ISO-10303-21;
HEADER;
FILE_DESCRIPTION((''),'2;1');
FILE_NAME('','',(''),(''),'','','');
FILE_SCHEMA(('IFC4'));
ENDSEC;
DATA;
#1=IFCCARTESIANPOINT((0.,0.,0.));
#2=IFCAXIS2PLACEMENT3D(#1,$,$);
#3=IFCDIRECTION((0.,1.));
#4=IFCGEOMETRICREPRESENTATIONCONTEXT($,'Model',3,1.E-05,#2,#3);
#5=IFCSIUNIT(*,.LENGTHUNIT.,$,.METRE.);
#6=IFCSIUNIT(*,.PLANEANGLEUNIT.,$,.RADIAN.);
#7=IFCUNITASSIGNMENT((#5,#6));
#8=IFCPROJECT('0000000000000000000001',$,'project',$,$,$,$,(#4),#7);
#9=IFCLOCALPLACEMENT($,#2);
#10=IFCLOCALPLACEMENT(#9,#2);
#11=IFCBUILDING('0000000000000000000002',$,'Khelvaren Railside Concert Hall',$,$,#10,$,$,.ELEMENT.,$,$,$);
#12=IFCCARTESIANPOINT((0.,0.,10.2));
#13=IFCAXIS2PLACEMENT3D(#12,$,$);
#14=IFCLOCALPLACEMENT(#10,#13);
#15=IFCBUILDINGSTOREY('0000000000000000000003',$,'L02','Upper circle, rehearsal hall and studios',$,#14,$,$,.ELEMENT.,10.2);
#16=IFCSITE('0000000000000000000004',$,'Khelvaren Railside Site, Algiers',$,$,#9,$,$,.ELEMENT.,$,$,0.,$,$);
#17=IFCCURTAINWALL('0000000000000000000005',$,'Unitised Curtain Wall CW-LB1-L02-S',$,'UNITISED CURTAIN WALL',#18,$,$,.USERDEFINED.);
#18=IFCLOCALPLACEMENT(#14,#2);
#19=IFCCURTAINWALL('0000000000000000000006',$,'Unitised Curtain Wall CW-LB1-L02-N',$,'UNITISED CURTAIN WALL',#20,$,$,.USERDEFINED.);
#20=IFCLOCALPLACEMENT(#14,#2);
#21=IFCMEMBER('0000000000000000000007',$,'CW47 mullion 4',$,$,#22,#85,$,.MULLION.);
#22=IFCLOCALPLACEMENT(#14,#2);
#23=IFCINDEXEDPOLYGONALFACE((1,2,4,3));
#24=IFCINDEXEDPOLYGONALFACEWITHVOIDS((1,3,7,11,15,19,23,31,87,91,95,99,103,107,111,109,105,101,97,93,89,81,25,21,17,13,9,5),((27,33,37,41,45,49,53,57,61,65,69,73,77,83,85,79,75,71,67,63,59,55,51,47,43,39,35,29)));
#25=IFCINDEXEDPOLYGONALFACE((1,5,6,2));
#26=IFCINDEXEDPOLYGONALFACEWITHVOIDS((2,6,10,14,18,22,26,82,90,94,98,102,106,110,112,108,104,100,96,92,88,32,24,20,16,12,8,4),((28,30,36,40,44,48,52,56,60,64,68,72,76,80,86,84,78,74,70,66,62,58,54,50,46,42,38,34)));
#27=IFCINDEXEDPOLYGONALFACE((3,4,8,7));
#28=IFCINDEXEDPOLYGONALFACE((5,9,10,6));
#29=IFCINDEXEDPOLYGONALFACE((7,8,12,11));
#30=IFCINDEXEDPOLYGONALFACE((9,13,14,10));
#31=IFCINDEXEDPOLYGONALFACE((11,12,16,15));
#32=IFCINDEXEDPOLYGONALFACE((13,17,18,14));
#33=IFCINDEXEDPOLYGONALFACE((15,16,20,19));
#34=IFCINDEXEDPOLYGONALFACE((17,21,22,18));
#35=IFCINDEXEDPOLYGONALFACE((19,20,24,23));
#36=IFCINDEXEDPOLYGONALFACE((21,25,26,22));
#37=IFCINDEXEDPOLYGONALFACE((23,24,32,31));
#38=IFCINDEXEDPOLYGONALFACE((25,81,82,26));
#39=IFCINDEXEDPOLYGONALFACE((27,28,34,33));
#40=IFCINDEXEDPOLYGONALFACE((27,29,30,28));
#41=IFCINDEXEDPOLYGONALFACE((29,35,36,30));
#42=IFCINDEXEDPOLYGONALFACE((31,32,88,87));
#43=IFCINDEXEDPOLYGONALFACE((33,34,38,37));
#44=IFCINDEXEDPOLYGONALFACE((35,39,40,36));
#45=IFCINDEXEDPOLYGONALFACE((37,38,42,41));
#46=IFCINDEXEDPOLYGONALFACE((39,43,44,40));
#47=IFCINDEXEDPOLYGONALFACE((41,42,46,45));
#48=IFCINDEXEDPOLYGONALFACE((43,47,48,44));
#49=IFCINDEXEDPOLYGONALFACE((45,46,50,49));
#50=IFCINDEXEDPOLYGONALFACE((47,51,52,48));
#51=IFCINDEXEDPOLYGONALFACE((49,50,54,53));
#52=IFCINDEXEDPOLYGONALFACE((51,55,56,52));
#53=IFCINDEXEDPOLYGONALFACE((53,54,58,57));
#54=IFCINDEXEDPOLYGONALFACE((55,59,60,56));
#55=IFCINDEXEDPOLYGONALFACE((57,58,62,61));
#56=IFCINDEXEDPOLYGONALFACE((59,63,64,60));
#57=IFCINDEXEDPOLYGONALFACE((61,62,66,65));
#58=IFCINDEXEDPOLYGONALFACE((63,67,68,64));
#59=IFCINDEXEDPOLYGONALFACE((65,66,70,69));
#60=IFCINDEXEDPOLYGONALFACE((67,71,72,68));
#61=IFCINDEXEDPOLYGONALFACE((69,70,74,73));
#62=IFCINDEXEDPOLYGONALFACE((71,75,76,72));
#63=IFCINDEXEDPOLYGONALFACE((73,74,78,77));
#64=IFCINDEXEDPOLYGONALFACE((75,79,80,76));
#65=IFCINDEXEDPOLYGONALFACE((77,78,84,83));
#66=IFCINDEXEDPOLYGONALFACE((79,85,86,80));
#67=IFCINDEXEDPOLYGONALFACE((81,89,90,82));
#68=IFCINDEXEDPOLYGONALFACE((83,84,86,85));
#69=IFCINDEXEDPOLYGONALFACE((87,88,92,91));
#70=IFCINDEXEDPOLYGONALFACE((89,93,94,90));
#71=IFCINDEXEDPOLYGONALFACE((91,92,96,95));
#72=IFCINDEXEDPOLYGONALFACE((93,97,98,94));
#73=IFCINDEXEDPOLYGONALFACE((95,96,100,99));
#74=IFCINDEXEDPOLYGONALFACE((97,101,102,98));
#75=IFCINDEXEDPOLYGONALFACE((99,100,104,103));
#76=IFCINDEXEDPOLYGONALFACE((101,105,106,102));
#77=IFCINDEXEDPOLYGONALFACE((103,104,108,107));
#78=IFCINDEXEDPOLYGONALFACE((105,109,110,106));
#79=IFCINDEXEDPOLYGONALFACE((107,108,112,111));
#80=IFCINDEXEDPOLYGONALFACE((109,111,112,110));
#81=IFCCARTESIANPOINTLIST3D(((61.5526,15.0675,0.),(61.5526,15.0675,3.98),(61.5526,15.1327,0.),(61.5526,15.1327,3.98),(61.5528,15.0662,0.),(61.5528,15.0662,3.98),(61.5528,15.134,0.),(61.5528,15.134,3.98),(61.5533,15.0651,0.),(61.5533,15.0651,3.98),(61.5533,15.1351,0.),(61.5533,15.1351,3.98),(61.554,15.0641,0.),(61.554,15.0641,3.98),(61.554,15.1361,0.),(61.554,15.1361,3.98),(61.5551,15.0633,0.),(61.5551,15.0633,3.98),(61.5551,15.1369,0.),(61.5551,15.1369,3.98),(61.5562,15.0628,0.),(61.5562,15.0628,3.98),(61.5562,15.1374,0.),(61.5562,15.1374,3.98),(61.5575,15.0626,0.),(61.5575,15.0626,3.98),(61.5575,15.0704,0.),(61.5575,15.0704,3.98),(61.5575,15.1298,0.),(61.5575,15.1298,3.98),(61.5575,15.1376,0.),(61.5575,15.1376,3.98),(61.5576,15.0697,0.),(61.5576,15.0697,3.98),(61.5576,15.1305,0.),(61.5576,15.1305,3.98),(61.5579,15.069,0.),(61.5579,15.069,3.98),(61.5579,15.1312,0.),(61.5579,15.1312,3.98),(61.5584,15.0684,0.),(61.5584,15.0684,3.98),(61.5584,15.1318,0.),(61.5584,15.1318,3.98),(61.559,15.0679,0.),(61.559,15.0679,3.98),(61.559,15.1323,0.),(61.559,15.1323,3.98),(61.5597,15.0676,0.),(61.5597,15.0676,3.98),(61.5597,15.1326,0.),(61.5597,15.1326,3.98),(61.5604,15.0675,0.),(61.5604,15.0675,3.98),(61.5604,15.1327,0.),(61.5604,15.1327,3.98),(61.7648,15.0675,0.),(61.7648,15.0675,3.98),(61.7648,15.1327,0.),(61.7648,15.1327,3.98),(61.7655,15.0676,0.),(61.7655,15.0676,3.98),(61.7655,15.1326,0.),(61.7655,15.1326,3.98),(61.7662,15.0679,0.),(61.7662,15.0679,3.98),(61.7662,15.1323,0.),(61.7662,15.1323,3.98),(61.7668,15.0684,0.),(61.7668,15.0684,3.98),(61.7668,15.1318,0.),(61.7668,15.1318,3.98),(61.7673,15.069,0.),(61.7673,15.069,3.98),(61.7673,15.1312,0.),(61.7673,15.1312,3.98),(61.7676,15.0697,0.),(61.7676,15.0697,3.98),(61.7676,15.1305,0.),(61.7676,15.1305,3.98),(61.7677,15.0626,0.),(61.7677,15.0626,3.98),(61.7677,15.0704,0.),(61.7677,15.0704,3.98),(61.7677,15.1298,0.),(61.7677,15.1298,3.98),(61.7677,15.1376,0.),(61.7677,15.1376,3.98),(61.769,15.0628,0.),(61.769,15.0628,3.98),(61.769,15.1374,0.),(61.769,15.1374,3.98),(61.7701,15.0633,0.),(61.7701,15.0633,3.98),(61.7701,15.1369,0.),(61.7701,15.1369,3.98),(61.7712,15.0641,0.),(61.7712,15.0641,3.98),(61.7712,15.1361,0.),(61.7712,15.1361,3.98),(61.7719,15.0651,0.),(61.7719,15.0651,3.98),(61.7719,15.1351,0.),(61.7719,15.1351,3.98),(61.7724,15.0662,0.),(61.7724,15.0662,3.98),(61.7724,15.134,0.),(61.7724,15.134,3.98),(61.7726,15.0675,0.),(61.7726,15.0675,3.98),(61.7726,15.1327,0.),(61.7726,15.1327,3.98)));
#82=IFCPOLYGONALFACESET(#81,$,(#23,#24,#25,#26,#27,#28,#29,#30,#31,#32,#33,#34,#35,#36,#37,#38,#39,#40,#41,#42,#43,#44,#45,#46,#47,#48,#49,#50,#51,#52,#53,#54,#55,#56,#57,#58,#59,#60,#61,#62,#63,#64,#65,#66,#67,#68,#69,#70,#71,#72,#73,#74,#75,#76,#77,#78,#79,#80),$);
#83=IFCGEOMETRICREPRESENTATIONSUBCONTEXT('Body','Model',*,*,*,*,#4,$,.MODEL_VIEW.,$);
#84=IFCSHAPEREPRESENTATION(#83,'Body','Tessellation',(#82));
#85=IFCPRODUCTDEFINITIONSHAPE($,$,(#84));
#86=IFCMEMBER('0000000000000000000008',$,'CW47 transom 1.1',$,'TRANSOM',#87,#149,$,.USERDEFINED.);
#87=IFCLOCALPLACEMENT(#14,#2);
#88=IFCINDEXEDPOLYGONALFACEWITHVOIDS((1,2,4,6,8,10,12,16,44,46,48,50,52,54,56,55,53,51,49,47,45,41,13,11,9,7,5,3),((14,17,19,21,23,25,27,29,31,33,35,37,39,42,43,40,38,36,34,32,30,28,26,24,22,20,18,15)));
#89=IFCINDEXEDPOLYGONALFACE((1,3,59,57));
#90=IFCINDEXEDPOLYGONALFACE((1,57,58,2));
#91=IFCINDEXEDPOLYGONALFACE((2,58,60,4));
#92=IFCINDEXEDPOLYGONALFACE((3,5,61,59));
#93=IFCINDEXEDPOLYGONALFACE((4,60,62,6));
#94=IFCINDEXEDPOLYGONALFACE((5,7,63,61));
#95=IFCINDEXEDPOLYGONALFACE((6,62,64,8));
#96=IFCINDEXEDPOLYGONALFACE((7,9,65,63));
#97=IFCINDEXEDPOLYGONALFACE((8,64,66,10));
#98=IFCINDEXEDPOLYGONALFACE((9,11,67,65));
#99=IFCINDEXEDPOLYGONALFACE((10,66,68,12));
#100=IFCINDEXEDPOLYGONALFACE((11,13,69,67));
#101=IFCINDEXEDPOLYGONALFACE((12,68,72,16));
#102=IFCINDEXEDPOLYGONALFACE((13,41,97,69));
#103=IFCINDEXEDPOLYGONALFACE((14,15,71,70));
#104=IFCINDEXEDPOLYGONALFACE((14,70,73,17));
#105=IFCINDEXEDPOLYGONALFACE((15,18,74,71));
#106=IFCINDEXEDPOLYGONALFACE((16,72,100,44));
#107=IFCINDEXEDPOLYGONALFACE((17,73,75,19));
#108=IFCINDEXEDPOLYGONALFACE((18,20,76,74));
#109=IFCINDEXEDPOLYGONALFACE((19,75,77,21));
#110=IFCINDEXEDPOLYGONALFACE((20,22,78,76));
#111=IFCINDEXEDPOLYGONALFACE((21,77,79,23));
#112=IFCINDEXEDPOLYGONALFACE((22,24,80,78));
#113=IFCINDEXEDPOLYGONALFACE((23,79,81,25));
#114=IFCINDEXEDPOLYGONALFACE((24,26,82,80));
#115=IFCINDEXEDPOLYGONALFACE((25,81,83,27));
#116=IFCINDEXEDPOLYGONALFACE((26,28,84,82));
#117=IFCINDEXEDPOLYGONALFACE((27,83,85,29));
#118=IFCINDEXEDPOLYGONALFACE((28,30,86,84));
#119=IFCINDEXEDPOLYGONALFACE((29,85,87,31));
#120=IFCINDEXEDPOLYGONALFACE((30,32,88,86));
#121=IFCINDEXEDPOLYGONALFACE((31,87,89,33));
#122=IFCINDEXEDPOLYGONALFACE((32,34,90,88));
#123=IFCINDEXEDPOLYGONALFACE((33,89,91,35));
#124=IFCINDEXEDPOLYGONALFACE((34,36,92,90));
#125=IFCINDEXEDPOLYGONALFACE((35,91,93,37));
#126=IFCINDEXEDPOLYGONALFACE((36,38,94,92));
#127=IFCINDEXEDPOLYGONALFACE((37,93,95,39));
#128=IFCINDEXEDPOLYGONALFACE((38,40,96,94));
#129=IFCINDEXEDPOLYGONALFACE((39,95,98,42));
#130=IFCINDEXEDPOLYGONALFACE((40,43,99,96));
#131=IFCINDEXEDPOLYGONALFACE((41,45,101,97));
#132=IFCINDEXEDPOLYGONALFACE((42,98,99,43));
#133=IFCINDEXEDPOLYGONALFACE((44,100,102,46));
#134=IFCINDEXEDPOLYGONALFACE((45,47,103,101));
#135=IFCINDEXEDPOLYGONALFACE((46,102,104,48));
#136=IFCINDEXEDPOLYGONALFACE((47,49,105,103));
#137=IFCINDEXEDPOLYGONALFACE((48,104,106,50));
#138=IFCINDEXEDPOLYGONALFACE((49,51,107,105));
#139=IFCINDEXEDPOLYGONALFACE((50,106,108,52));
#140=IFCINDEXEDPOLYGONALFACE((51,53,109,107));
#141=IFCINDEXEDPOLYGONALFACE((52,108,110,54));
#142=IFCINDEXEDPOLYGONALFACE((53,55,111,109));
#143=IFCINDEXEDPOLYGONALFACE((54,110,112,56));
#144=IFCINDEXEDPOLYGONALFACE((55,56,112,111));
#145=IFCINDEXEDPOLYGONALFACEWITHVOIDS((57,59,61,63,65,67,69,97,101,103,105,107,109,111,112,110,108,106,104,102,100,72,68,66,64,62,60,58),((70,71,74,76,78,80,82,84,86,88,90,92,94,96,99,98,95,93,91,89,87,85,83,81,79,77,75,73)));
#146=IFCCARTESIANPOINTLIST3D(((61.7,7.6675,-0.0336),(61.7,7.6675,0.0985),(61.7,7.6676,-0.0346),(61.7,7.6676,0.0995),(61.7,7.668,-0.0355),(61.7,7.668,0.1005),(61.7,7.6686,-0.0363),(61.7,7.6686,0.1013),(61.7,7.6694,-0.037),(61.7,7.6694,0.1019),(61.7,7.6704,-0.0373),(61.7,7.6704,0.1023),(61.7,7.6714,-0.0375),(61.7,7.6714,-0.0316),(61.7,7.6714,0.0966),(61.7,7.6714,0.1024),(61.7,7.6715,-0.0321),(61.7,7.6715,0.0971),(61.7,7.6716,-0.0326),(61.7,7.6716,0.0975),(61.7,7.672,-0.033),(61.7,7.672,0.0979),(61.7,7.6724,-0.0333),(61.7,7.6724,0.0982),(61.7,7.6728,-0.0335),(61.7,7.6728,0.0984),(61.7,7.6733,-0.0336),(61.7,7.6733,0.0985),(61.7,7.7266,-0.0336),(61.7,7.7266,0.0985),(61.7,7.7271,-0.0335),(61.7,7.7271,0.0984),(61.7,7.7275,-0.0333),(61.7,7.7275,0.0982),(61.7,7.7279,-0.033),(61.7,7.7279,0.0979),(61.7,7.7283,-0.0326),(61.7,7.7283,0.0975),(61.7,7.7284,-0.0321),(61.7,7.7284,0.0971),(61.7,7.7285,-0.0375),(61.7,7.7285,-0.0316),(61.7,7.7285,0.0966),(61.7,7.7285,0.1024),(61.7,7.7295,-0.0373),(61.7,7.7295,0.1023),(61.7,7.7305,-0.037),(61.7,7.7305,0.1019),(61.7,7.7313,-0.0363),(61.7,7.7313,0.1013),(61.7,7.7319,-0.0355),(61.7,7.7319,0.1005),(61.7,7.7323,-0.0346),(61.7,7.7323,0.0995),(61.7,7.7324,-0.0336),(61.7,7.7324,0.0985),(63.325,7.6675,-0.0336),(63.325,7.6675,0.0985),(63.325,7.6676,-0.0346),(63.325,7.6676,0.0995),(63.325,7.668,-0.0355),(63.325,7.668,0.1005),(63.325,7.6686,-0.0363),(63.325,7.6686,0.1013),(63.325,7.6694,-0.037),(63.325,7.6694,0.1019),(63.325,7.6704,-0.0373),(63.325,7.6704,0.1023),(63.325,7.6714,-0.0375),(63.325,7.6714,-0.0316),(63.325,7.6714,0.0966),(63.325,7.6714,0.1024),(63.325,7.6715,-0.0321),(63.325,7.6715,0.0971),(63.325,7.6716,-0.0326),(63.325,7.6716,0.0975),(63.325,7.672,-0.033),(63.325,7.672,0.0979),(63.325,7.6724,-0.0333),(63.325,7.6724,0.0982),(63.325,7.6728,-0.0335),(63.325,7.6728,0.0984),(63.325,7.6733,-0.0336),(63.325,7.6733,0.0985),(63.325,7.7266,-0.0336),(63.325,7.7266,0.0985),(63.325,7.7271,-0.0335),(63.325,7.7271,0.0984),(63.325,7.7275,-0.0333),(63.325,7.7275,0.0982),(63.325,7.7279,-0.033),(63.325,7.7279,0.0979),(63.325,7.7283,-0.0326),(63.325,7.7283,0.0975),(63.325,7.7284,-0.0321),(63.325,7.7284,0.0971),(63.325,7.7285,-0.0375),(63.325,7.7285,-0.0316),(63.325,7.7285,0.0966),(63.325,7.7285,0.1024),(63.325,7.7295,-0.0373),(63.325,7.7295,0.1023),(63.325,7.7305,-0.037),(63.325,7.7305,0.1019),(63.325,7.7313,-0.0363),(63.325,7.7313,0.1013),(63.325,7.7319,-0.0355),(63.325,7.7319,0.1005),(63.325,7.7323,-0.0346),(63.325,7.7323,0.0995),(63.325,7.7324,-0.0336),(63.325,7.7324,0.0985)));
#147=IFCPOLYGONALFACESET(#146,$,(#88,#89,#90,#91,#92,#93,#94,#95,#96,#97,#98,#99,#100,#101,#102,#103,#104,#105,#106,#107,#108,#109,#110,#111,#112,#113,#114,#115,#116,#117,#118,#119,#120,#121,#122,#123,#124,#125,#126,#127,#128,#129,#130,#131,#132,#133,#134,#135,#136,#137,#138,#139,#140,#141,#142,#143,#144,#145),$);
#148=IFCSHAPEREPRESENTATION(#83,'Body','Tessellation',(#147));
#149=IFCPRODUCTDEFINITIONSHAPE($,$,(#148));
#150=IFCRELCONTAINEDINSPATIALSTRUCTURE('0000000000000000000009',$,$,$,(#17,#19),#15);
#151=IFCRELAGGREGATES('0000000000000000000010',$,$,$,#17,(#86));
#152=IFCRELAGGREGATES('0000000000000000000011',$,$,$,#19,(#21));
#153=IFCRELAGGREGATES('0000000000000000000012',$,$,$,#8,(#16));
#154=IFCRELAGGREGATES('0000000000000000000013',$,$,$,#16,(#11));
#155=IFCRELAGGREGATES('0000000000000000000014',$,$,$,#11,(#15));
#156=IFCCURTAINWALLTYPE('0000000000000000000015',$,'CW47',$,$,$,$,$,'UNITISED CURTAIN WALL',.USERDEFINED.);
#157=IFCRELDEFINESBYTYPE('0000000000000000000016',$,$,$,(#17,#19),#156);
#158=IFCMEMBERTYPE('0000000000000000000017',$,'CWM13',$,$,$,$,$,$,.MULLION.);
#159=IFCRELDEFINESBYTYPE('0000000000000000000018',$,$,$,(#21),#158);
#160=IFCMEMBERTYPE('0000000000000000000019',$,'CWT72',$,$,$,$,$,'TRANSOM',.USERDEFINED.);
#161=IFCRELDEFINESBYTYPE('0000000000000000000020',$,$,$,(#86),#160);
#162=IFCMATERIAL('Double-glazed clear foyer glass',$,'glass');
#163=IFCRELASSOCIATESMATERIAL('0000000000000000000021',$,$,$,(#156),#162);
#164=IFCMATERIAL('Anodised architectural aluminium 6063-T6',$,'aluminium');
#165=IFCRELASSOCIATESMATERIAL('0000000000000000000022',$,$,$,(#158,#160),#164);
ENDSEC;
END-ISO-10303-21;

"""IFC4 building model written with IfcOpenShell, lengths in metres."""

from ifc_helpers import new_model, si_unit, direction, frame, origin, origin_2d, place, context, subcontext, project, spatial, hollow_rectangle, extrude, material, material_profile, profile_set, type_object, element, aggregate, save


model = new_model("IFC4")

# Units and contexts
model_context = context("Model", 3, precision=1e-05, world=origin(), true_north=direction((0.0, 1.0)))
body_context = subcontext(model_context, "Body", "Model", "MODEL_VIEW")
ifc_project = project(units=[si_unit("LENGTHUNIT", "METRE"), si_unit("PLANEANGLEUNIT", "RADIAN")], contexts=[model_context])

# Site, building, storey
site_placement = place(None, origin())
site = spatial("IfcSite", under=ifc_project, at=site_placement, Name="Khelvaren Railside Site, Algiers", CompositionType="ELEMENT", RefElevation=0.0)
building_placement = place(site_placement, origin())
building = spatial("IfcBuilding", under=site, at=building_placement, Name="Khelvaren Railside Concert Hall", CompositionType="ELEMENT")
storey_placement = place(building_placement, frame((0.0, 0.0, 10.2)))
storey = spatial("IfcBuildingStorey", under=building, at=storey_placement, Name="L02", Description="Upper circle, rehearsal hall and studios", CompositionType="ELEMENT", Elevation=10.2)

# Curtain wall
ifc_material_1 = material(Name="Double-glazed clear foyer glass", Category="glass")
curtain_wall_type = type_object("IfcCurtainWallType", Name="CW47", ElementType="UNITISED CURTAIN WALL", PredefinedType="USERDEFINED", material=ifc_material_1)
curtain_wall_1_placement = place(storey_placement, origin())
curtain_wall_1 = element("IfcCurtainWall", 1, at=curtain_wall_1_placement, inside=storey, type_object=curtain_wall_type, Name="Unitised Curtain Wall CW-LB1-L02-S", ObjectType="UNITISED CURTAIN WALL", PredefinedType="USERDEFINED")
ifc_material_2 = material(Name="Anodised architectural aluminium 6063-T6", Category="aluminium")
ifc_material_profile_1 = material_profile(ifc_material_2, hollow_rectangle(XDim=0.075, YDim=0.22, WallThickness=0.0049, InnerFilletRadius=0.0029, OuterFilletRadius=0.0049, at=origin_2d()), Name="CWM 75x220x5")
ifc_profile_set_1 = profile_set([ifc_material_profile_1], Name="Anodised architectural aluminium 6063-T6")
member_type_1 = type_object("IfcMemberType", Name="CWM13", PredefinedType="MULLION", material=ifc_profile_set_1)

# Curtain wall, member
curtain_wall_2_placement = place(storey_placement, origin())
curtain_wall_2 = element("IfcCurtainWall", 2, at=curtain_wall_2_placement, inside=storey, type_object=curtain_wall_type, Name="Unitised Curtain Wall CW-LB1-L02-N", ObjectType="UNITISED CURTAIN WALL", PredefinedType="USERDEFINED")
member_1_placement = place(storey_placement, frame((61.6626, 15.1001, 0.0), z_axis=(0.0, 0.0, 1.0), x_axis=(0.0, 1.0, 0.0)))
member_1 = element("IfcMember", 3, at=member_1_placement, type_object=member_type_1, Name="CW47 mullion 4", PredefinedType="MULLION", context=body_context, shape_type="SweptSolid", body=[
    extrude(hollow_rectangle(XDim=0.075, YDim=0.22, WallThickness=0.0049, InnerFilletRadius=0.0029, OuterFilletRadius=0.0049, at=origin_2d()), origin(), (0.0, 0.0, 1.0), 3.98),
])

# Member
ifc_material_profile_2 = material_profile(ifc_material_2, hollow_rectangle(XDim=0.0649, YDim=0.1399, WallThickness=0.0039, InnerFilletRadius=0.002, OuterFilletRadius=0.0039, at=origin_2d()), Name="CWT 65x140x4")
ifc_profile_set_2 = profile_set([ifc_material_profile_2], Name="Anodised architectural aluminium 6063-T6")
member_type_2 = type_object("IfcMemberType", Name="CWT72", ElementType="TRANSOM", PredefinedType="USERDEFINED", material=ifc_profile_set_2)
member_2_placement = place(storey_placement, frame((63.325, 7.7, 0.0325), z_axis=(-1.0, 0.0, 0.0), x_axis=(0.0, -1.0, 0.0)))
member_2 = element("IfcMember", 4, at=member_2_placement, type_object=member_type_2, Name="CW47 transom 1.1", ObjectType="TRANSOM", PredefinedType="USERDEFINED", context=body_context, shape_type="SweptSolid", body=[
    extrude(hollow_rectangle(XDim=0.0649, YDim=0.1399, WallThickness=0.0039, InnerFilletRadius=0.002, OuterFilletRadius=0.0039, at=origin_2d()), origin(), (0.0, 0.0, 1.0), 1.625),
])

aggregate(curtain_wall_1, [member_2])
aggregate(curtain_wall_2, [member_1])

save(model, "model.ifc")
